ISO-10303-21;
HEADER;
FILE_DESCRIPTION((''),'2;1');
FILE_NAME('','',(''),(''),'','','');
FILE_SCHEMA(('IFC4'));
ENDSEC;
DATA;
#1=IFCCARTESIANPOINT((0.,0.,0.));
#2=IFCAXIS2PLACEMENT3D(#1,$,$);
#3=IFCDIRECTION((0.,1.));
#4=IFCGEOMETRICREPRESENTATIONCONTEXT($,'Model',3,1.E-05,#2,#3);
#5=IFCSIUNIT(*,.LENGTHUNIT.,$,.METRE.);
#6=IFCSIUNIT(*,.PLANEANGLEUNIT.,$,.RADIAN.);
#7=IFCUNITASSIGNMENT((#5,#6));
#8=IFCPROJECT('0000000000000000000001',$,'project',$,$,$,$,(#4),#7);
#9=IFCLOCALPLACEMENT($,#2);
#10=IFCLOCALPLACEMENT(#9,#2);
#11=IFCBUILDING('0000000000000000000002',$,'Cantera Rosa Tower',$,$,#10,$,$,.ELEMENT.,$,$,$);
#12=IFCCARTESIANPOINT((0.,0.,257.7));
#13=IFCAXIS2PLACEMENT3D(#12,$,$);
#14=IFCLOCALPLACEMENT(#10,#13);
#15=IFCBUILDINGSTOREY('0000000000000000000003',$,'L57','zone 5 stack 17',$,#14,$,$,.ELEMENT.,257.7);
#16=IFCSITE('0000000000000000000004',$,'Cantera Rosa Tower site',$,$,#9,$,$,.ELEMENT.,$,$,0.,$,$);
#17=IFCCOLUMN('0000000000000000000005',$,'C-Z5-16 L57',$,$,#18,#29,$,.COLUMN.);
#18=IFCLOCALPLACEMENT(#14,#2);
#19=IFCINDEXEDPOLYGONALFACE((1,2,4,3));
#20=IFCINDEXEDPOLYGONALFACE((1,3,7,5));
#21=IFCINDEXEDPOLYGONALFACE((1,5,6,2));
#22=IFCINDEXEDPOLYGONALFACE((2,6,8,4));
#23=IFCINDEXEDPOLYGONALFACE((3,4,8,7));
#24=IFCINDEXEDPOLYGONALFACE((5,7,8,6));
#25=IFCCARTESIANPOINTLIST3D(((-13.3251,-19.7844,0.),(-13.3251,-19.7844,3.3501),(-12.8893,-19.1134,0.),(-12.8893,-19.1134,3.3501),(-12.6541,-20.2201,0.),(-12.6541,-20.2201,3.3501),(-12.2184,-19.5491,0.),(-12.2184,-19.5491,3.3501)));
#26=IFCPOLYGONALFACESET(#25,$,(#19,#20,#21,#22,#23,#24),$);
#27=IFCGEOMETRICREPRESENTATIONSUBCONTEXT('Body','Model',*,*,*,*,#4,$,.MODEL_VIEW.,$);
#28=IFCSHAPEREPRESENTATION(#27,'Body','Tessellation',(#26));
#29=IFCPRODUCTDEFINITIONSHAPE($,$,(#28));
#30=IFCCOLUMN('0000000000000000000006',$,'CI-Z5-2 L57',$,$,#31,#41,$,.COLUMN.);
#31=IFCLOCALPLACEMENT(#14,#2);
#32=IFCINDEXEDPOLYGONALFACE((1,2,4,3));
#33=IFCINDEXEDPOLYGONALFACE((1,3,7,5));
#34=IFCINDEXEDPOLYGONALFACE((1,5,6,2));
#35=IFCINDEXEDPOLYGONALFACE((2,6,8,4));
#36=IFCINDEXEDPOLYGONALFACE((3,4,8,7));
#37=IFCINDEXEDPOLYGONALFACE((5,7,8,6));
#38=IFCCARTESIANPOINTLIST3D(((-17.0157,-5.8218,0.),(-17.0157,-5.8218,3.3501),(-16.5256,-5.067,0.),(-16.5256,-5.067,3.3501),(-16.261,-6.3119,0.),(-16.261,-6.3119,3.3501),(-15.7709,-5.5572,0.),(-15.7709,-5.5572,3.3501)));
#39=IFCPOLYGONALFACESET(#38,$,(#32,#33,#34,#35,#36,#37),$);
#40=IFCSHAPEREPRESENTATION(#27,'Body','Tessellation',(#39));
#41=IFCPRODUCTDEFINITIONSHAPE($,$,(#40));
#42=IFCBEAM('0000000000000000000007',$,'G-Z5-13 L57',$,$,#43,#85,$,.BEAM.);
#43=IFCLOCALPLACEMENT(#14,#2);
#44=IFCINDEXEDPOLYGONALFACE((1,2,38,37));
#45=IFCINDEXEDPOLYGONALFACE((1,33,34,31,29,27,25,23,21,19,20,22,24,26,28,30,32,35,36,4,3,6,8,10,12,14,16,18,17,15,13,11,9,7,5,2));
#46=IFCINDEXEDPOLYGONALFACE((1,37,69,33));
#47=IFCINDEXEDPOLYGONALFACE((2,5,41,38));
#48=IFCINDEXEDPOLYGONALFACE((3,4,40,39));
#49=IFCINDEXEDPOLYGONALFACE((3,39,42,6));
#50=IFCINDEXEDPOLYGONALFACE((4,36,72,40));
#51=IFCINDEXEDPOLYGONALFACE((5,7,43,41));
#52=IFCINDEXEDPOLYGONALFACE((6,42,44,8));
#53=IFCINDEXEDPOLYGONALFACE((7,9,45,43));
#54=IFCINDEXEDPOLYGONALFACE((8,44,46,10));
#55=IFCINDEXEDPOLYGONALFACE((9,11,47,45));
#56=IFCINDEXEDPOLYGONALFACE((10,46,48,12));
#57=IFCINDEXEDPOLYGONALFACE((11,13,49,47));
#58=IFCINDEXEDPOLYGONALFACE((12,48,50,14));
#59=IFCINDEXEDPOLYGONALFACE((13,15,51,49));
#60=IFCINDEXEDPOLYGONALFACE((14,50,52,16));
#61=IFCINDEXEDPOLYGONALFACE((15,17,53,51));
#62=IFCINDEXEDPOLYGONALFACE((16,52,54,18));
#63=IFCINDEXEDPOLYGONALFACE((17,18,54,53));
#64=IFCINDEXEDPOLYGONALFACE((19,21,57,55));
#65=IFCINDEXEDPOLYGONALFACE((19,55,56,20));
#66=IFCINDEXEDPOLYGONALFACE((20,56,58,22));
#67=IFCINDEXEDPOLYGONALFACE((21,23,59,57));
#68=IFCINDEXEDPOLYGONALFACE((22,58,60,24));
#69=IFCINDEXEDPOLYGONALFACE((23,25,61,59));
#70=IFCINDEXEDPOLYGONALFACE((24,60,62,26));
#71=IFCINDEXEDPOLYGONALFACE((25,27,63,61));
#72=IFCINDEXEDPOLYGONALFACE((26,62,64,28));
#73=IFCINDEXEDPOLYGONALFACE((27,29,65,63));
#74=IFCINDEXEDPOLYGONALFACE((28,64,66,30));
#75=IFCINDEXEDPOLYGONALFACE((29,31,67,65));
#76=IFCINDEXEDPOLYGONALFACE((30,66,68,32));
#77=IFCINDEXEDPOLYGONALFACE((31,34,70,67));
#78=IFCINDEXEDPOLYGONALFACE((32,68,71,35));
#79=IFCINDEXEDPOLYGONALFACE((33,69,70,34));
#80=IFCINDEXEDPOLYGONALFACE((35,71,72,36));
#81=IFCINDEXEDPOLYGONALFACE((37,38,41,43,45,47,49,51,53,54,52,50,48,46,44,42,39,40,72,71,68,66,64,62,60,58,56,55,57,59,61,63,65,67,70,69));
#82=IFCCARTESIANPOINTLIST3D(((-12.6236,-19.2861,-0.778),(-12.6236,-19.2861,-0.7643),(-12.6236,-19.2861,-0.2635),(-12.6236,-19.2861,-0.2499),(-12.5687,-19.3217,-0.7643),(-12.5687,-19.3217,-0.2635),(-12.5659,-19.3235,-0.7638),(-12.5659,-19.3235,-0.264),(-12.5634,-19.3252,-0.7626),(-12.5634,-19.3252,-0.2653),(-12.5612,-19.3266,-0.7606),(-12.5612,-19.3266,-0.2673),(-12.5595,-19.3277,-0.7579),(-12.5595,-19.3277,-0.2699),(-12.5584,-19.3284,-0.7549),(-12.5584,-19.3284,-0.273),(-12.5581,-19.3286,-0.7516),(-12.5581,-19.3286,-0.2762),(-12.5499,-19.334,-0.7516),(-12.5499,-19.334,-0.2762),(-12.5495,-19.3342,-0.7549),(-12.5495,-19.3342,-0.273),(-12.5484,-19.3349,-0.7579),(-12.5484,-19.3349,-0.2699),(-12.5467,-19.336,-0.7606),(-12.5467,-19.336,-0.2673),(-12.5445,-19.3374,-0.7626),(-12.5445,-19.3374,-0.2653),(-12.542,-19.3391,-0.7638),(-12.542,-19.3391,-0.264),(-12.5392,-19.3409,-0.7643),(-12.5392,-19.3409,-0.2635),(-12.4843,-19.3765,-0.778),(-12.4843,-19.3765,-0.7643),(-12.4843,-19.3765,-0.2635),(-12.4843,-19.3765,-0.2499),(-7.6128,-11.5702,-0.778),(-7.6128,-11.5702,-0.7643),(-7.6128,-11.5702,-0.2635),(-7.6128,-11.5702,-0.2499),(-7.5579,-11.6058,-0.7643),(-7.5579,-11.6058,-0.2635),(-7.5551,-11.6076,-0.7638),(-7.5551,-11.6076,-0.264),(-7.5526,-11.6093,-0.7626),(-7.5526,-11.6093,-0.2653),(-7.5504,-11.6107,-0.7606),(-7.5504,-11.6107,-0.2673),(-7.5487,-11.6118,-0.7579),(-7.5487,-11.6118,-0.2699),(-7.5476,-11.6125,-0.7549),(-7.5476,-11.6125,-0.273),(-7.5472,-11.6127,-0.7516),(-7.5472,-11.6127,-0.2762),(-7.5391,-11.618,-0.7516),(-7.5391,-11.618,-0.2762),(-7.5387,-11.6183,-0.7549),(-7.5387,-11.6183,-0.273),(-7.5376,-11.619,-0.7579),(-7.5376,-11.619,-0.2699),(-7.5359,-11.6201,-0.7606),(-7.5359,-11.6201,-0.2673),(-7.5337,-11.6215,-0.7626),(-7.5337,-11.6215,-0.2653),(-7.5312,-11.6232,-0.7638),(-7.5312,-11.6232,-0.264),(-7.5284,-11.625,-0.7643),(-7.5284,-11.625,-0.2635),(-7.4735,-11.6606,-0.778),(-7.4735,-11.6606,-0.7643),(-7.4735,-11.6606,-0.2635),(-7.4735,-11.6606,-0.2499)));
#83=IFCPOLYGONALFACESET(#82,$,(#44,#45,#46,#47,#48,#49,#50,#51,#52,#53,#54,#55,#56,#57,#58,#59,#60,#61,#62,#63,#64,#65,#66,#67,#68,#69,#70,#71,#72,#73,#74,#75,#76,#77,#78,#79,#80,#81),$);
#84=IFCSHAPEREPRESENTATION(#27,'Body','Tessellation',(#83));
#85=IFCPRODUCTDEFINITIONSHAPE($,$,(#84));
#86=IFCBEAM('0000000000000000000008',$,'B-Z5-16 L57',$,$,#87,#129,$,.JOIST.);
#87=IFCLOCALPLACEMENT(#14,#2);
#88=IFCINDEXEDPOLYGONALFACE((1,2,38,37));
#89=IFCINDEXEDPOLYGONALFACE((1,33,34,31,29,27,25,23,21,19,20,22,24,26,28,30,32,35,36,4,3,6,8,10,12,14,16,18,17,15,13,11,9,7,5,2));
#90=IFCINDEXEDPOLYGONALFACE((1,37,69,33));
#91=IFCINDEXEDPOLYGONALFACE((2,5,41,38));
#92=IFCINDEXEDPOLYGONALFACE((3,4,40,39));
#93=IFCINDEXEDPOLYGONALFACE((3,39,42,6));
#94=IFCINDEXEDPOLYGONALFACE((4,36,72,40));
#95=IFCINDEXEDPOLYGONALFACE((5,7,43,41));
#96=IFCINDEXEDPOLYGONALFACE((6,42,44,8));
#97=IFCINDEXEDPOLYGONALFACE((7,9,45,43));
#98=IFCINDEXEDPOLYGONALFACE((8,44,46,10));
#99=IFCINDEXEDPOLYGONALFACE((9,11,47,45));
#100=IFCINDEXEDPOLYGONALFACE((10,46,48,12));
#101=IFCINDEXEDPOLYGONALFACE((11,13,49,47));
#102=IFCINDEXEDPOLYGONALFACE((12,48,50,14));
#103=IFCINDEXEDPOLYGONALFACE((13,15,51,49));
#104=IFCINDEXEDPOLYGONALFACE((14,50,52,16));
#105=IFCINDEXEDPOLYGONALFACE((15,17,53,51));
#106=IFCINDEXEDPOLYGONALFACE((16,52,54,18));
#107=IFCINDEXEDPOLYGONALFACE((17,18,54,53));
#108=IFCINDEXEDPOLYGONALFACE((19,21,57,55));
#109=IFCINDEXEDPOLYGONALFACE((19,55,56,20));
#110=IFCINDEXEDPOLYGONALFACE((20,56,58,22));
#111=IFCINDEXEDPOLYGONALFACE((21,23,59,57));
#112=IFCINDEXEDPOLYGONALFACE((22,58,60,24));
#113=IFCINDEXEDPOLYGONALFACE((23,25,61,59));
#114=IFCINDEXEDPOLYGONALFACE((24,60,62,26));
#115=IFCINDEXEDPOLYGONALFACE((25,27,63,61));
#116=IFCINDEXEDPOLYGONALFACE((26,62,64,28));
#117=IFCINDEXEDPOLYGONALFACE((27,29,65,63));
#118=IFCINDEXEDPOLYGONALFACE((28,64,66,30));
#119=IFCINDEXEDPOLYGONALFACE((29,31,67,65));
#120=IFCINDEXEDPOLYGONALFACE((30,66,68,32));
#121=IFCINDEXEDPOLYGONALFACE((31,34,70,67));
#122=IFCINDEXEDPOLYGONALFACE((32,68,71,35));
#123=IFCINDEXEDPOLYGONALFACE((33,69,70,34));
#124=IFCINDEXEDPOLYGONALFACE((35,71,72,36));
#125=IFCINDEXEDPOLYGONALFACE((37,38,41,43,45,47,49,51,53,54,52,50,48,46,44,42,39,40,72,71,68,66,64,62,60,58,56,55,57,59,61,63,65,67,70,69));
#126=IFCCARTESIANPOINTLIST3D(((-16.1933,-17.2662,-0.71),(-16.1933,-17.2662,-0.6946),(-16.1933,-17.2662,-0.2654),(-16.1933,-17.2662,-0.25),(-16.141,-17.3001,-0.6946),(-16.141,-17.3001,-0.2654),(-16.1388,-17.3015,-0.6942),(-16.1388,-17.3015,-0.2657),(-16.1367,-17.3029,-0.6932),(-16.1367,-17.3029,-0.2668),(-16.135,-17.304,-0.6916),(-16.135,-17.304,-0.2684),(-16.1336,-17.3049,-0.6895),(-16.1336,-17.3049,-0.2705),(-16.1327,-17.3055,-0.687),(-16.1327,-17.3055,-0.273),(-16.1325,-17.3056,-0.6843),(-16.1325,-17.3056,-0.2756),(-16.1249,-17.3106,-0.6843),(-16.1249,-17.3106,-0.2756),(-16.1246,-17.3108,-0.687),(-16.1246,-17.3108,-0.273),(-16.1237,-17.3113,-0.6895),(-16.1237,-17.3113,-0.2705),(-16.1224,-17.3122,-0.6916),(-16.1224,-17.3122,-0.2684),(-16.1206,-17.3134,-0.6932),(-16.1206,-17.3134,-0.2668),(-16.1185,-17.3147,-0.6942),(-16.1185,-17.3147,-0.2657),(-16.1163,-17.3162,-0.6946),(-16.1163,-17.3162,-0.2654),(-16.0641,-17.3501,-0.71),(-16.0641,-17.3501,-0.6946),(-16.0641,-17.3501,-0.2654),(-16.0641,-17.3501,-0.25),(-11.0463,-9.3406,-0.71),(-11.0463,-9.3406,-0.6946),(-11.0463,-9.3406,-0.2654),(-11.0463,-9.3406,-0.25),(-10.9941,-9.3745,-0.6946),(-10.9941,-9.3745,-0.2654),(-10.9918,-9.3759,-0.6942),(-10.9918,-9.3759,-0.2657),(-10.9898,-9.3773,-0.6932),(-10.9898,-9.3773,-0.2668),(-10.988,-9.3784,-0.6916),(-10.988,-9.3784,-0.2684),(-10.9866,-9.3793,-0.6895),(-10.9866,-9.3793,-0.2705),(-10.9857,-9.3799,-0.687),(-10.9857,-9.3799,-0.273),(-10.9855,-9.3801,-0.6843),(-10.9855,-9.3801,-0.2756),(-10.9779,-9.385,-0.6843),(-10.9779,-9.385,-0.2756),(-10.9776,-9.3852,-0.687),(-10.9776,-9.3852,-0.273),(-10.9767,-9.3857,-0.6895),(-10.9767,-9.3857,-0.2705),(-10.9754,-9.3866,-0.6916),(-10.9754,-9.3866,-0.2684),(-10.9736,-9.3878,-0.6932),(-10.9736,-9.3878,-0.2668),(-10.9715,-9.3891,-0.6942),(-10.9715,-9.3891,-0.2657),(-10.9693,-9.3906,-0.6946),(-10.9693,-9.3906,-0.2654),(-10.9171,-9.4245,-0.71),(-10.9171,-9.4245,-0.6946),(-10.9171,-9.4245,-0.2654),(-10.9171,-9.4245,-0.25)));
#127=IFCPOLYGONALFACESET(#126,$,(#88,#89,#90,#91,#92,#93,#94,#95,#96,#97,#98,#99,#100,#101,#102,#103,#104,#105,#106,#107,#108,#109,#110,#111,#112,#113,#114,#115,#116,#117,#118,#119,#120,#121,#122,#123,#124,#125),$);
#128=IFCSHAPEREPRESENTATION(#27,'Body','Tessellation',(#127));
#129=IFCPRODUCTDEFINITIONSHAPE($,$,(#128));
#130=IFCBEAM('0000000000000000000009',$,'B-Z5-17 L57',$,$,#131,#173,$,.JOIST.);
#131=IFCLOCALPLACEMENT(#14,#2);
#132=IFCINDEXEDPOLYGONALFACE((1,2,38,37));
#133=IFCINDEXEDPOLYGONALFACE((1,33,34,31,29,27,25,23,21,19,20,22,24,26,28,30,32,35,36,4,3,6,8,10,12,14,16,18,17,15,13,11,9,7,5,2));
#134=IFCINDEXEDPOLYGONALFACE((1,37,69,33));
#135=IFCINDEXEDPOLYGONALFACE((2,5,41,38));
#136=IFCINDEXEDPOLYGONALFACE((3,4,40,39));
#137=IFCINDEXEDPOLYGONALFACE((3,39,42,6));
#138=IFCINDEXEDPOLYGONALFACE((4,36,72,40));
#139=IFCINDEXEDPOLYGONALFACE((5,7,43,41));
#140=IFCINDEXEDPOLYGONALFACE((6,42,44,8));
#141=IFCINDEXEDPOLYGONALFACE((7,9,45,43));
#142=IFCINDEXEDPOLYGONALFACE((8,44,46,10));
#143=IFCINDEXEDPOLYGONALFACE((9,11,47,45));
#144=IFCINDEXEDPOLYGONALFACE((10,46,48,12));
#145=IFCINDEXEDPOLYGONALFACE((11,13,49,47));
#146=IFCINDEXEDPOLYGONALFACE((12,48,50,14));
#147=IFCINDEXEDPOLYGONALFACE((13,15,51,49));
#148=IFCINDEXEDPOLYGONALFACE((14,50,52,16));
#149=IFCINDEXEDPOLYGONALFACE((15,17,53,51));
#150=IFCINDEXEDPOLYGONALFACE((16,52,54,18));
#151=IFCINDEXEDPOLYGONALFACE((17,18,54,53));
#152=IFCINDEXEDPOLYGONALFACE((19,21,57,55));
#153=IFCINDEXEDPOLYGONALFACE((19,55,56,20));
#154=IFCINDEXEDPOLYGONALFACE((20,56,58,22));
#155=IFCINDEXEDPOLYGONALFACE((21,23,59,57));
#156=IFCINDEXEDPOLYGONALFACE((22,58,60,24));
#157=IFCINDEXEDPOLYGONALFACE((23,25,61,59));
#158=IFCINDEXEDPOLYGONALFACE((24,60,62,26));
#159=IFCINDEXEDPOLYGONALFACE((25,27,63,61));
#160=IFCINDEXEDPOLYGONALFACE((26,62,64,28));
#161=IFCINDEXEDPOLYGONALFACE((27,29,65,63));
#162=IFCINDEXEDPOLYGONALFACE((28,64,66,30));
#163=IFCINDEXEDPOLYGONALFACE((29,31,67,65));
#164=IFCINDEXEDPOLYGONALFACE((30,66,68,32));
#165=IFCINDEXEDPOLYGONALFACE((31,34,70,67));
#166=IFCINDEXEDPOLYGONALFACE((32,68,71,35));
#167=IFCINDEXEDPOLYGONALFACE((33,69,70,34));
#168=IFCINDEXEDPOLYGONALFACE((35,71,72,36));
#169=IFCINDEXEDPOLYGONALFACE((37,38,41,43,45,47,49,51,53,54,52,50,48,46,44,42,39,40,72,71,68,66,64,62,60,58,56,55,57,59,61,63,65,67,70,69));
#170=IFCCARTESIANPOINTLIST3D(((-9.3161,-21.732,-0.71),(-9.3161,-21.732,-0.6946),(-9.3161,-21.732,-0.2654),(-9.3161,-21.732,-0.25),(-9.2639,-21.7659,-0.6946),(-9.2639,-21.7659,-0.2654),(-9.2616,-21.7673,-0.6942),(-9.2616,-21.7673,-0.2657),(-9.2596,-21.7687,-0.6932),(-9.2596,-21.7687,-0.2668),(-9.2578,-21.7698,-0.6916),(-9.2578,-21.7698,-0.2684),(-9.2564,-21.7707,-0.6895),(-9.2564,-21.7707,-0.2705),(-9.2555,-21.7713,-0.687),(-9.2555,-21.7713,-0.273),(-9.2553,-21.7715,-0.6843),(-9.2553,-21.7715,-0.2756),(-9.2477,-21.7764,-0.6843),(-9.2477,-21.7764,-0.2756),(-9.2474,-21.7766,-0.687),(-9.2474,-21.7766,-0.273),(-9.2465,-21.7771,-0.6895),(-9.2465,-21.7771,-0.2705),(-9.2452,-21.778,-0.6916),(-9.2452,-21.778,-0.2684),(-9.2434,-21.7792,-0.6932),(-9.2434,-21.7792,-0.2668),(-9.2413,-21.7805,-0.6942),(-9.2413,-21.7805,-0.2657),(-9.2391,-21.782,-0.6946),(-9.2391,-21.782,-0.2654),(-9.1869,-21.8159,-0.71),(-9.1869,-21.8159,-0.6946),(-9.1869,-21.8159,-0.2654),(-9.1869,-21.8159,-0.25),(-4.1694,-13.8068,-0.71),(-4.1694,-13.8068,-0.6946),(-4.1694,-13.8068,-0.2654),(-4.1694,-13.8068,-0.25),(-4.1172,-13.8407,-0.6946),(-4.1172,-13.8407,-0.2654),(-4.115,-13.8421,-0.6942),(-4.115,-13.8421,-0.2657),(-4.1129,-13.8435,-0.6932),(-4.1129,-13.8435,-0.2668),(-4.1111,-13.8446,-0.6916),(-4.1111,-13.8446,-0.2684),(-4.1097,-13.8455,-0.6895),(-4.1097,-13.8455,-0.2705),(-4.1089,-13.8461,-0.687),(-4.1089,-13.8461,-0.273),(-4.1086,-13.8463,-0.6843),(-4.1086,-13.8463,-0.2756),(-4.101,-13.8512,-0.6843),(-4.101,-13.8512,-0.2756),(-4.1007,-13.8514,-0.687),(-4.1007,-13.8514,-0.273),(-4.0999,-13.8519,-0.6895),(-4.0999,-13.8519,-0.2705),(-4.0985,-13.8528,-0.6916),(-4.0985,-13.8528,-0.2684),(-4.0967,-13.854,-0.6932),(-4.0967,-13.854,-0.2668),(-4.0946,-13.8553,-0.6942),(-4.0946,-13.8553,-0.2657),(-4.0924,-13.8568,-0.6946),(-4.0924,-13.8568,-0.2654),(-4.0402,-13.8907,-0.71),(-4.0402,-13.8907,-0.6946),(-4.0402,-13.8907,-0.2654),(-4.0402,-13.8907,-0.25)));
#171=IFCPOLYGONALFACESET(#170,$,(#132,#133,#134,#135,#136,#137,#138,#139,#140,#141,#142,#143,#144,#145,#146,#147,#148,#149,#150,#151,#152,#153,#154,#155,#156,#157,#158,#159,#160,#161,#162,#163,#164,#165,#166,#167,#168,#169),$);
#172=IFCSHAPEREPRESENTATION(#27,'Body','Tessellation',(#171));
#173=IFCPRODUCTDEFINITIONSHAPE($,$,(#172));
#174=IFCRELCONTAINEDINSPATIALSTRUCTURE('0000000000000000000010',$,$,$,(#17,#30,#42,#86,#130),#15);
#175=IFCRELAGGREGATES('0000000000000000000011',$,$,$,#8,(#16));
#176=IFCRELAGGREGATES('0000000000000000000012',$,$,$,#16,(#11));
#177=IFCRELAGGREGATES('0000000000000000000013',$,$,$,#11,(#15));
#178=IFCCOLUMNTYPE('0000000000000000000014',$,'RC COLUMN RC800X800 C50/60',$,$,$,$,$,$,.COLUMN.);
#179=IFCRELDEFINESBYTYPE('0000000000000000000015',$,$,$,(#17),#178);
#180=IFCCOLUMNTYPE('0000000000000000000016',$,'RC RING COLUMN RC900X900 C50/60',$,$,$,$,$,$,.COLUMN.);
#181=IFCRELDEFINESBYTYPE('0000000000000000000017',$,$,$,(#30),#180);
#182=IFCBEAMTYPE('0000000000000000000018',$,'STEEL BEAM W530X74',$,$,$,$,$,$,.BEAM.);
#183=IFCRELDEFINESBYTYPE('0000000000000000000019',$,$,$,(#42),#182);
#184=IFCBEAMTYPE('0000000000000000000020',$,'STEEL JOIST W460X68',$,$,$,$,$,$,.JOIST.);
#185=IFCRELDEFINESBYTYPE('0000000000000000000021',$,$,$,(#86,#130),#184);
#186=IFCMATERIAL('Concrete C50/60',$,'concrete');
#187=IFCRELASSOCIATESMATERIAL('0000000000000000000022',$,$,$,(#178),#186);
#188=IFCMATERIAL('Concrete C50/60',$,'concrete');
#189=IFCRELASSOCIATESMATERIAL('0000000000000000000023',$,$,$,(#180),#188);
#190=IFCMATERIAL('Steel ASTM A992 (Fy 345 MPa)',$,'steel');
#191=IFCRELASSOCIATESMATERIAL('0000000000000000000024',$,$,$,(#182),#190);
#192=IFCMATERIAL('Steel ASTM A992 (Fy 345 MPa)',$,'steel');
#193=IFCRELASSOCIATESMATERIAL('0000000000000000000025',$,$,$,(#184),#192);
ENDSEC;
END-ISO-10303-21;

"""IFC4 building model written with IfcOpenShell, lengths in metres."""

from ifc_helpers import new_model, si_unit, direction, frame, origin, origin_2d, place, context, subcontext, project, spatial, rectangle, i_section, extrude, material, material_profile, profile_set, type_object, element, save


model = new_model("IFC4")

# Units and contexts
model_context = context("Model", 3, precision=1e-05, world=origin(), true_north=direction((0.0, 1.0)))
body_context = subcontext(model_context, "Body", "Model", "MODEL_VIEW")
ifc_project = project(units=[si_unit("LENGTHUNIT", "METRE"), si_unit("PLANEANGLEUNIT", "RADIAN")], contexts=[model_context])

# Site, building, storey
site_placement = place(None, origin())
site = spatial("IfcSite", under=ifc_project, at=site_placement, Name="Cantera Rosa Tower site", CompositionType="ELEMENT", RefElevation=0.0)
building_placement = place(site_placement, origin())
building = spatial("IfcBuilding", under=site, at=building_placement, Name="Cantera Rosa Tower", CompositionType="ELEMENT")
storey_placement = place(building_placement, frame((0.0, 0.0, 257.7)))
storey = spatial("IfcBuildingStorey", under=building, at=storey_placement, Name="L57", Description="zone 5 stack 17", CompositionType="ELEMENT", Elevation=257.7)

# Columns
ifc_material_1 = material(Name="Concrete C50/60", Category="concrete")
ifc_material_profile_1 = material_profile(ifc_material_1, rectangle(XDim=0.8, YDim=0.8, at=origin_2d()), Name="RC COLUMN RC800X800 C50/60")
ifc_profile_set_1 = profile_set([ifc_material_profile_1], Name="Concrete C50/60")
column_type_1 = type_object("IfcColumnType", Name="RC COLUMN RC800X800 C50/60", PredefinedType="COLUMN", material=ifc_profile_set_1)
column_1_placement = place(storey_placement, frame((-12.7717, -19.6667, 0.0), z_axis=(0.0, 0.0, 1.0), x_axis=(0.544639, 0.838671, 0.0)))
element("IfcColumn", 1, at=column_1_placement, inside=storey, type_object=column_type_1, Name="C-Z5-16 L57", PredefinedType="COLUMN", context=body_context, shape_type="SweptSolid", body=[
    extrude(rectangle(XDim=0.8, YDim=0.8, at=origin_2d()), origin(), (0.0, 0.0, 1.0), 3.3501),
])
ifc_material_2 = material(Name="Concrete C50/60", Category="concrete")
ifc_material_profile_2 = material_profile(ifc_material_2, rectangle(XDim=0.8999, YDim=0.8999, at=origin_2d()), Name="RC RING COLUMN RC900X900 C50/60")
ifc_profile_set_2 = profile_set([ifc_material_profile_2], Name="Concrete C50/60")
column_type_2 = type_object("IfcColumnType", Name="RC RING COLUMN RC900X900 C50/60", PredefinedType="COLUMN", material=ifc_profile_set_2)
column_2_placement = place(storey_placement, frame((-16.3933, -5.6895, 0.0), z_axis=(0.0, 0.0, 1.0), x_axis=(0.544639, 0.838671, 0.0)))
element("IfcColumn", 2, at=column_2_placement, inside=storey, type_object=column_type_2, Name="CI-Z5-2 L57", PredefinedType="COLUMN", context=body_context, shape_type="SweptSolid", body=[
    extrude(rectangle(XDim=0.8999, YDim=0.8999, at=origin_2d()), origin(), (0.0, 0.0, 1.0), 3.3501),
])

# Beams
ifc_material_3 = material(Name="Steel ASTM A992 (Fy 345 MPa)", Category="steel")
ifc_material_profile_3 = material_profile(ifc_material_3, i_section(OverallWidth=0.166, OverallDepth=0.5281, WebThickness=0.0098, FlangeThickness=0.0137, FilletRadius=0.0127, at=origin_2d()), Name="W530X74")
ifc_profile_set_3 = profile_set([ifc_material_profile_3], Name="Steel ASTM A992 (Fy 345 MPa)")
beam_type_1 = type_object("IfcBeamType", Name="STEEL BEAM W530X74", PredefinedType="BEAM", material=ifc_profile_set_3)
beam_1_placement = place(storey_placement, frame((-12.554, -19.3313, -0.5139), z_axis=(0.544641, 0.838669, 0.0), x_axis=(-0.838669, 0.544641, 0.0)))
element("IfcBeam", 3, at=beam_1_placement, inside=storey, type_object=beam_type_1, Name="G-Z5-13 L57", PredefinedType="BEAM", context=body_context, shape_type="SweptSolid", body=[
    extrude(i_section(OverallWidth=0.166, OverallDepth=0.5281, WebThickness=0.0098, FlangeThickness=0.0137, FilletRadius=0.0127, at=origin_2d()), origin(), (0.0, 0.0, 1.0), 9.2002),
])
ifc_material_4 = material(Name="Steel ASTM A992 (Fy 345 MPa)", Category="steel")
ifc_material_profile_4 = material_profile(ifc_material_4, i_section(OverallWidth=0.1541, OverallDepth=0.46, WebThickness=0.009, FlangeThickness=0.0154, FilletRadius=0.0103, at=origin_2d()), Name="W460X68")
ifc_profile_set_4 = profile_set([ifc_material_profile_4], Name="Steel ASTM A992 (Fy 345 MPa)")
beam_type_2 = type_object("IfcBeamType", Name="STEEL JOIST W460X68", PredefinedType="JOIST", material=ifc_profile_set_4)
beam_2_placement = place(storey_placement, frame((-16.1287, -17.3081, -0.48), z_axis=(0.544644, 0.838667, 0.0), x_axis=(-0.838667, 0.544644, 0.0)))
element("IfcBeam", 4, at=beam_2_placement, inside=storey, type_object=beam_type_2, Name="B-Z5-16 L57", PredefinedType="JOIST", context=body_context, shape_type="SweptSolid", body=[
    extrude(i_section(OverallWidth=0.1541, OverallDepth=0.46, WebThickness=0.009, FlangeThickness=0.0154, FilletRadius=0.0103, at=origin_2d()), origin(), (0.0, 0.0, 1.0), 9.4502),
])
beam_3_placement = place(storey_placement, frame((-9.2515, -21.7739, -0.48), z_axis=(0.544638, 0.838671, 0.0), x_axis=(-0.838671, 0.544638, 0.0)))
element("IfcBeam", 5, at=beam_3_placement, inside=storey, type_object=beam_type_2, Name="B-Z5-17 L57", PredefinedType="JOIST", context=body_context, shape_type="SweptSolid", body=[
    extrude(i_section(OverallWidth=0.1541, OverallDepth=0.46, WebThickness=0.009, FlangeThickness=0.0154, FilletRadius=0.0103, at=origin_2d()), origin(), (0.0, 0.0, 1.0), 9.4497),
])

save(model, "model.ifc")
